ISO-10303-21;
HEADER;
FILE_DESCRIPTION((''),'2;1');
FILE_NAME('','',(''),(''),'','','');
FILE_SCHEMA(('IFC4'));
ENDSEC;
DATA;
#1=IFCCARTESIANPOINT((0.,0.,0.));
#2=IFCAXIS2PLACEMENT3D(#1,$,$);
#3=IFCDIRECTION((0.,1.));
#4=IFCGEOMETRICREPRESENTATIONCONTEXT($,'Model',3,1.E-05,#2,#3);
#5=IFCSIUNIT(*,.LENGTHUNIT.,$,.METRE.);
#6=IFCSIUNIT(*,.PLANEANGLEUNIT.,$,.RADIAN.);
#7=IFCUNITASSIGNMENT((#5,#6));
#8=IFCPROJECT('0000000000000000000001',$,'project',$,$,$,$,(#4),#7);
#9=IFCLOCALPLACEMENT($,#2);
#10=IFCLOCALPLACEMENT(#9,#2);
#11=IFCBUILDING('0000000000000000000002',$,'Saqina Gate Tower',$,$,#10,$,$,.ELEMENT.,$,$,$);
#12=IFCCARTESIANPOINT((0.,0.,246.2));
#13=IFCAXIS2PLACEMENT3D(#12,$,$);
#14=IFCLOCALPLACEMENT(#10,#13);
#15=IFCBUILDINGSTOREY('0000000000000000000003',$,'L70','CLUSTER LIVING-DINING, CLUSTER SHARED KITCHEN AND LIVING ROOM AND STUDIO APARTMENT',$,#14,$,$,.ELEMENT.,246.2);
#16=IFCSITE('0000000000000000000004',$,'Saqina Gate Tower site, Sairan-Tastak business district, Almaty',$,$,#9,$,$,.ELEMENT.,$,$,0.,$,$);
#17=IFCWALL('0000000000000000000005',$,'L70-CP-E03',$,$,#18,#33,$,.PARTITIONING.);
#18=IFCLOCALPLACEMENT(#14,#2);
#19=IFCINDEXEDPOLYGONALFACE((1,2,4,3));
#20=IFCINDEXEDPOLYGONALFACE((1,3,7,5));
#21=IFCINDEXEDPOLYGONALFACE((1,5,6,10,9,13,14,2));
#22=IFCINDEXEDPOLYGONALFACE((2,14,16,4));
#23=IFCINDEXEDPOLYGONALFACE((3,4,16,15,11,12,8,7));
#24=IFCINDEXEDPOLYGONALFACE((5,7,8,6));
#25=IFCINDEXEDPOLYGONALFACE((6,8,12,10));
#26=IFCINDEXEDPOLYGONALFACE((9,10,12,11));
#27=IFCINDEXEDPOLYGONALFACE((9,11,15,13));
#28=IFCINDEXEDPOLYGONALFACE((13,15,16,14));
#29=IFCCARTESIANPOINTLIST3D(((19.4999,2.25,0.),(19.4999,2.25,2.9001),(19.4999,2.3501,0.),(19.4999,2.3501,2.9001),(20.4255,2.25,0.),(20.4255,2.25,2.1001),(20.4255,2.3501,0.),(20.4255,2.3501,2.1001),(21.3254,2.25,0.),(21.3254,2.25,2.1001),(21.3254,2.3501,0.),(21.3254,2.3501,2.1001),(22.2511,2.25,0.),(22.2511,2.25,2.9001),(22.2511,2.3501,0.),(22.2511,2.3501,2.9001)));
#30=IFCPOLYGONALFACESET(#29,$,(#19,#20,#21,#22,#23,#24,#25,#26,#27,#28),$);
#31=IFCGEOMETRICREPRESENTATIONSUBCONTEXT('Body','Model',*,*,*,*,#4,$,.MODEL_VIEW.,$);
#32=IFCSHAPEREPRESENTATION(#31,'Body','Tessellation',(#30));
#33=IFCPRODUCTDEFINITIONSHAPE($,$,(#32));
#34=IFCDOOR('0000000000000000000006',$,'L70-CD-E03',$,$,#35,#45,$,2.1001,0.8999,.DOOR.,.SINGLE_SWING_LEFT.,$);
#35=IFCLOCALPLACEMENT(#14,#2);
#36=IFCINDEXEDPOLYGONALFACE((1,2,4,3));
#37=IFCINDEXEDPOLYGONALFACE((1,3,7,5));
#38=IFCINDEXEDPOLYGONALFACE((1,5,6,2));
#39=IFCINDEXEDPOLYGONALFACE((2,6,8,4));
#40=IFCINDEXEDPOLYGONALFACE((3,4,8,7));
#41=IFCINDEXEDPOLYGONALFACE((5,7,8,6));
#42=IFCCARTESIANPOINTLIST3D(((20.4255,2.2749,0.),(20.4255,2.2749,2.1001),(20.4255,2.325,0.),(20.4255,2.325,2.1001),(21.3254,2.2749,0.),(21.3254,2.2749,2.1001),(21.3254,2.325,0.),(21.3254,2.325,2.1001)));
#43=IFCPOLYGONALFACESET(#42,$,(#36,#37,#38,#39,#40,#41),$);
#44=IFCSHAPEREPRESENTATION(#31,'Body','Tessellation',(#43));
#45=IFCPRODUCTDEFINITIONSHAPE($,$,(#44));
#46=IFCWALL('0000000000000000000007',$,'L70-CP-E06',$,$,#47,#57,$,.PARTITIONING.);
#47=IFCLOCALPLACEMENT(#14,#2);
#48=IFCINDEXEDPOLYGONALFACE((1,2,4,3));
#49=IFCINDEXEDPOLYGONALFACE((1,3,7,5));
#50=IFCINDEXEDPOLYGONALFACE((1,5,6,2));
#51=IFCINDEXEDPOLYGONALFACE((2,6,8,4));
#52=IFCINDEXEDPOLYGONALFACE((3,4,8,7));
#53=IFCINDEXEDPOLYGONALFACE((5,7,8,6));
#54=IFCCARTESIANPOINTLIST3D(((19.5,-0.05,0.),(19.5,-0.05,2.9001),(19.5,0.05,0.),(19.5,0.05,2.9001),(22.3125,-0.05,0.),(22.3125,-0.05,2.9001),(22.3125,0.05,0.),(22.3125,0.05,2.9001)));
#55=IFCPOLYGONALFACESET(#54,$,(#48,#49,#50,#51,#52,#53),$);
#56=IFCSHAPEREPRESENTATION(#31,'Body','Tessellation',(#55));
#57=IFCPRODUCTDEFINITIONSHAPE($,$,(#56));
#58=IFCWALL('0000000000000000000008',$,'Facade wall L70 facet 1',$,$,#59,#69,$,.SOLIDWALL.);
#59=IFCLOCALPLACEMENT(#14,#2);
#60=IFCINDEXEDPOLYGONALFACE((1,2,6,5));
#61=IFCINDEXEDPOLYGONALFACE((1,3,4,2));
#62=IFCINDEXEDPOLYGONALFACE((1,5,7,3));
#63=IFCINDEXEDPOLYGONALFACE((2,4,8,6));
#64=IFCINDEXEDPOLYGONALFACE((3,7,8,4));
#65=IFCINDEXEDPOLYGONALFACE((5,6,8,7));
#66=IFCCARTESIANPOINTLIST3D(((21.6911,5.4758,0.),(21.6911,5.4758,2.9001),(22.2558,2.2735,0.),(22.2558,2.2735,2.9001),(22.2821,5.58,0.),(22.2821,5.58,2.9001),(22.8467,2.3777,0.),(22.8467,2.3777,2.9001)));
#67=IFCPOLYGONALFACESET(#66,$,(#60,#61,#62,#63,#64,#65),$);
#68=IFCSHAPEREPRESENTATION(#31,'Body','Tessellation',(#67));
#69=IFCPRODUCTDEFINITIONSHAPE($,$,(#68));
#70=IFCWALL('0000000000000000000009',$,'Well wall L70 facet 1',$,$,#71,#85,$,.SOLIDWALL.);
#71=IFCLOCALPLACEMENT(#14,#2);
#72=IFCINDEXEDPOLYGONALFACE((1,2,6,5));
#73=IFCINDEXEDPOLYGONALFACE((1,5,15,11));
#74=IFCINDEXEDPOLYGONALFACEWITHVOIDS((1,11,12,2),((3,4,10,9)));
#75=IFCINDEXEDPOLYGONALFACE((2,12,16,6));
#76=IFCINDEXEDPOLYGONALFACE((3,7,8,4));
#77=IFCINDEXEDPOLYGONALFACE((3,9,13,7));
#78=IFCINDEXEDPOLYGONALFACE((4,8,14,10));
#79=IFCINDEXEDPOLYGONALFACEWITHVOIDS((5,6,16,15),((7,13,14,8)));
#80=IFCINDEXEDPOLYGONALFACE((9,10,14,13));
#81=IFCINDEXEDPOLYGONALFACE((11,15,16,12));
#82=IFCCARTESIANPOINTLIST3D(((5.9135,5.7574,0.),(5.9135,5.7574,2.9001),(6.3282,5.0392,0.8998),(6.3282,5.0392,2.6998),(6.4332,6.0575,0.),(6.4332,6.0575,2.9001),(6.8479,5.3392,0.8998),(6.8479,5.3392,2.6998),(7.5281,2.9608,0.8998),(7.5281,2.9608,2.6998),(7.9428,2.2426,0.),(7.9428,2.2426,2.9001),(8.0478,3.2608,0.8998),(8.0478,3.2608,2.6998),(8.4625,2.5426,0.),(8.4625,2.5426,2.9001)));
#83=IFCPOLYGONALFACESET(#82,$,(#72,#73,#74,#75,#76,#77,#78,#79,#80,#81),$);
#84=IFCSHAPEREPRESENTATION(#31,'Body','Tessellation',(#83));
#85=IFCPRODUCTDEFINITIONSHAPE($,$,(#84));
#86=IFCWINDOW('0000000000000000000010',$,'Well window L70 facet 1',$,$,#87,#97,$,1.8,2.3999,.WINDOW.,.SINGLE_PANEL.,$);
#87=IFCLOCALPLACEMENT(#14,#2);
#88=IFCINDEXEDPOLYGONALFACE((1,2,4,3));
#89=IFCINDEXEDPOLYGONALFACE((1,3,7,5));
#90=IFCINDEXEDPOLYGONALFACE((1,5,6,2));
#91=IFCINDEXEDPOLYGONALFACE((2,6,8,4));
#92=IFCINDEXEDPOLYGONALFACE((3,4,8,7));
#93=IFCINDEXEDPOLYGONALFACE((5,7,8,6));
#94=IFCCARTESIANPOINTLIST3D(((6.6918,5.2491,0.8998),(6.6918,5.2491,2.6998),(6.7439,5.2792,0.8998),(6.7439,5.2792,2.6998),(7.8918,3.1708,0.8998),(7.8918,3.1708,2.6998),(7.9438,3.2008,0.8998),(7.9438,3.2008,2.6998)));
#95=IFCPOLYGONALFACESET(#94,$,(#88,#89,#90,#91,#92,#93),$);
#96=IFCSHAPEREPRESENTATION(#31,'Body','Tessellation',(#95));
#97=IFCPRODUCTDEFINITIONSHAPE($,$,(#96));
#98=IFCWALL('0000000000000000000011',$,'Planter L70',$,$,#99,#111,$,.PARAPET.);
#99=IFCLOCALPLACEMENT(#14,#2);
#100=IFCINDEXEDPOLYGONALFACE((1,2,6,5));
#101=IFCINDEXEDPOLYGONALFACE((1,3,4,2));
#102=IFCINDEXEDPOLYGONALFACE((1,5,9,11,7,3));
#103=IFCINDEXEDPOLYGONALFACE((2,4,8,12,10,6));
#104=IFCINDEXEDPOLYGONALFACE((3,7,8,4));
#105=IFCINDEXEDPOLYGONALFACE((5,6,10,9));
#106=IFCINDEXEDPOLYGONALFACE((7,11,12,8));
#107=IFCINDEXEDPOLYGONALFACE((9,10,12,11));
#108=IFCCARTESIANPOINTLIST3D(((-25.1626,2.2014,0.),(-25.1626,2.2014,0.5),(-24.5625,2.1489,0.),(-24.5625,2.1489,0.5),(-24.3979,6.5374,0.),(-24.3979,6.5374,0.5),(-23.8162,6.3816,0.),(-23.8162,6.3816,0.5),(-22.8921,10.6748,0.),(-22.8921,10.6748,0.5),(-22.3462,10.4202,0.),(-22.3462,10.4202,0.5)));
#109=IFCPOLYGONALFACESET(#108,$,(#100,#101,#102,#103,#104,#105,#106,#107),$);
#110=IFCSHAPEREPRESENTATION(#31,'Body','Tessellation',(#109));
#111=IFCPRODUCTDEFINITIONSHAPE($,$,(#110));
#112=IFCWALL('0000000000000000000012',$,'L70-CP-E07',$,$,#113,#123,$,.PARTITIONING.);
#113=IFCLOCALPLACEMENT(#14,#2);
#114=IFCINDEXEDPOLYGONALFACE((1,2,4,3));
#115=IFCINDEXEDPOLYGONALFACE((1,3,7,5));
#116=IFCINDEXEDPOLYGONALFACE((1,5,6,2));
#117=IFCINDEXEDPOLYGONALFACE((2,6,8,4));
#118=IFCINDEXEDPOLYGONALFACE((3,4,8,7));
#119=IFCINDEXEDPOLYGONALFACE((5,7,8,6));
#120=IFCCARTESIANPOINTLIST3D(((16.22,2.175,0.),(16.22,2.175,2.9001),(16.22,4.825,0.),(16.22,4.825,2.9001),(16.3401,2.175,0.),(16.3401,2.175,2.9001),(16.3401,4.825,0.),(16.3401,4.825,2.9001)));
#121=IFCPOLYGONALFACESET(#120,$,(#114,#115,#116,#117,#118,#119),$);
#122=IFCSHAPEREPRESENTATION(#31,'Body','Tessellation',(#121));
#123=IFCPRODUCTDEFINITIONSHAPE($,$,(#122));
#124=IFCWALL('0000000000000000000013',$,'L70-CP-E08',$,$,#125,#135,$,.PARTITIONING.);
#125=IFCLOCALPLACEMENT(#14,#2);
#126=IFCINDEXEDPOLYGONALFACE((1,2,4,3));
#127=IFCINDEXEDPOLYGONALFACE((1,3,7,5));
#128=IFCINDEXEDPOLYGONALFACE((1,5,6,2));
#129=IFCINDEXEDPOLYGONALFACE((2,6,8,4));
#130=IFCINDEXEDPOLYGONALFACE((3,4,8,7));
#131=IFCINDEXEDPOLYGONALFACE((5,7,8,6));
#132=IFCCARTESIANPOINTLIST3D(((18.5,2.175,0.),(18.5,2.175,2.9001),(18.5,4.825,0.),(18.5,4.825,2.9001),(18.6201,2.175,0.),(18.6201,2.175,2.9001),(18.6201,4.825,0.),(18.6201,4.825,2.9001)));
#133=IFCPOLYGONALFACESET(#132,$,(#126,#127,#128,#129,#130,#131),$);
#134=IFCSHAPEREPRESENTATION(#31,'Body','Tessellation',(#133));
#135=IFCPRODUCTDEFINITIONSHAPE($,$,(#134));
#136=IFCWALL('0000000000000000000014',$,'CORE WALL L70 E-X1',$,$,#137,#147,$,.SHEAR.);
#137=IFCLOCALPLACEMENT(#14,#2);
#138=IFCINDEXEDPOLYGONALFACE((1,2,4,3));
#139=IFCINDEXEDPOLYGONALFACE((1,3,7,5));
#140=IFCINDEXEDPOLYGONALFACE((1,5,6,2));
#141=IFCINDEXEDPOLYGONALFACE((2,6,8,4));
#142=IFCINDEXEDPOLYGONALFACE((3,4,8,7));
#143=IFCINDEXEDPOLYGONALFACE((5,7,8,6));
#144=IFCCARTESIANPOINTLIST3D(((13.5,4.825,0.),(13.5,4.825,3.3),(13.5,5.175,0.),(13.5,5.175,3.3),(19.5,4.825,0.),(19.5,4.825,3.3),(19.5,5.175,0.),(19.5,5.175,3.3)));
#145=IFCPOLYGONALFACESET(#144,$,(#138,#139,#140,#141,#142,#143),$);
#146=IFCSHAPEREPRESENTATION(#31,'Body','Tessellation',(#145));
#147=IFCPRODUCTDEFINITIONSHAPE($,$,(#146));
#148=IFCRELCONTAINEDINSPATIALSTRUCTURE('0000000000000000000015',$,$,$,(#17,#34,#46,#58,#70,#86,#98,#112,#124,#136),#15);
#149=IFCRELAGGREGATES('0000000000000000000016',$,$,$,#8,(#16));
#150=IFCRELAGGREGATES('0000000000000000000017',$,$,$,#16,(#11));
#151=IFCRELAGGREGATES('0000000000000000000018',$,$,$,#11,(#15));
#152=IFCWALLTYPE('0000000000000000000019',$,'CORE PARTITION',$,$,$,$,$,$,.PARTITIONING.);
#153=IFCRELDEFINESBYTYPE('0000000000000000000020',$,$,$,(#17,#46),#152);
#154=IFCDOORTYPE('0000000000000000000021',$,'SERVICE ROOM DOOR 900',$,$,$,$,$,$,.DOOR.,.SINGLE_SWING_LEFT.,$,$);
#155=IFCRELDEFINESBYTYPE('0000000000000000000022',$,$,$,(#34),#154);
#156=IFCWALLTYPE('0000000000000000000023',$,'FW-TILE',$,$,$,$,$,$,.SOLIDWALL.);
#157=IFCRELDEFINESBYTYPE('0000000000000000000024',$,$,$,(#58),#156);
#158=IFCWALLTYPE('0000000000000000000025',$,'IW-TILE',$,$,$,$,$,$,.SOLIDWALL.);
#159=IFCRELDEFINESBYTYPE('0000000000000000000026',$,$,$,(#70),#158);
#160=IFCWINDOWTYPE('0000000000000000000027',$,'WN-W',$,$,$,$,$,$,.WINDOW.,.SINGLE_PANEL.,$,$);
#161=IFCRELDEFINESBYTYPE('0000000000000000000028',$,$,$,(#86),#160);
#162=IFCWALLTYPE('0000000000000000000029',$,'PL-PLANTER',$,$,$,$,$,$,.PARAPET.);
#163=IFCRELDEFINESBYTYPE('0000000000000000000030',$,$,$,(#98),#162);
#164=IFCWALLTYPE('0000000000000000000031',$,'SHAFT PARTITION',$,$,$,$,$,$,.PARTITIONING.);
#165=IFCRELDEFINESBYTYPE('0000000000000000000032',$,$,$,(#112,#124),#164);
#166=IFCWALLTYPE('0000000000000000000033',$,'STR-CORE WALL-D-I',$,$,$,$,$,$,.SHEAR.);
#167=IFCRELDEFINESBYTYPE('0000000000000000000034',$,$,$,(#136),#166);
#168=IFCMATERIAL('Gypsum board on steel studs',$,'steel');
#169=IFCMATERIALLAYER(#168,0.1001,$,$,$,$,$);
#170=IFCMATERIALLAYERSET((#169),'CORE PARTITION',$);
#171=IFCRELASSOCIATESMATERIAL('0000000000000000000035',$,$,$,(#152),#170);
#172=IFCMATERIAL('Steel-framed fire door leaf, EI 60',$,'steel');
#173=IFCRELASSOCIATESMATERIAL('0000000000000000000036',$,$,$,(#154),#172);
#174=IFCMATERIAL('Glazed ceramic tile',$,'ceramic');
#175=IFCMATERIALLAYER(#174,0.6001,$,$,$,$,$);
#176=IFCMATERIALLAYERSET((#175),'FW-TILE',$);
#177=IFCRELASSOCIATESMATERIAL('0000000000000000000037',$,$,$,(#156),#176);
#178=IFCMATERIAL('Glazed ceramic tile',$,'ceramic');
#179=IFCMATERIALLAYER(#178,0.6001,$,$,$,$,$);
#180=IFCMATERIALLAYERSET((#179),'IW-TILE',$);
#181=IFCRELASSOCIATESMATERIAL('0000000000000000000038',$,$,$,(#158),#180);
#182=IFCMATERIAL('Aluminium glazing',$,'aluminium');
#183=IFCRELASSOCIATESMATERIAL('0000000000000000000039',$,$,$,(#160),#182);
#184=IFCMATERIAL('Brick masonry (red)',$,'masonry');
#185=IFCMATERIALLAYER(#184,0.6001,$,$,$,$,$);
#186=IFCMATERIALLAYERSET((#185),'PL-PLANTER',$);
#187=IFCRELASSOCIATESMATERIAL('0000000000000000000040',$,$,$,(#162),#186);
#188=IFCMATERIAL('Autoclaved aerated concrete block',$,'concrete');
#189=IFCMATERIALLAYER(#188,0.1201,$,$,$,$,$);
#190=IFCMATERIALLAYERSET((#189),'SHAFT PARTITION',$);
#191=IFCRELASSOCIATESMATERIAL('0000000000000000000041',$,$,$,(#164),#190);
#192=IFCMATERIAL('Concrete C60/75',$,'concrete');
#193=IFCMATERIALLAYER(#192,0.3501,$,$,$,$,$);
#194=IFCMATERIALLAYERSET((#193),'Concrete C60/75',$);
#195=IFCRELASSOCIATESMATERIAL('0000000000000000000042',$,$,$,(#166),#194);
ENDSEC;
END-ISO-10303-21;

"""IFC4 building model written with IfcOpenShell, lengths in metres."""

from ifc_helpers import new_model, si_unit, direction, frame, frame_2d, origin, place, context, subcontext, project, spatial, polyline, rectangle, outline, extrude, material, layer, layer_set, type_object, element, fill, save


model = new_model("IFC4")

# Units and contexts
model_context = context("Model", 3, precision=1e-05, world=origin(), true_north=direction((0.0, 1.0)))
body_context = subcontext(model_context, "Body", "Model", "MODEL_VIEW")
ifc_project = project(units=[si_unit("LENGTHUNIT", "METRE"), si_unit("PLANEANGLEUNIT", "RADIAN")], contexts=[model_context])

# Site, building, storey
site_placement = place(None, origin())
site = spatial("IfcSite", under=ifc_project, at=site_placement, Name="Saqina Gate Tower site, Sairan-Tastak business district, Almaty", CompositionType="ELEMENT", RefElevation=0.0)
building_placement = place(site_placement, origin())
building = spatial("IfcBuilding", under=site, at=building_placement, Name="Saqina Gate Tower", CompositionType="ELEMENT")
storey_placement = place(building_placement, frame((0.0, 0.0, 246.2)))
storey = spatial("IfcBuildingStorey", under=building, at=storey_placement, Name="L70", Description="CLUSTER LIVING-DINING, CLUSTER SHARED KITCHEN AND LIVING ROOM AND STUDIO APARTMENT", CompositionType="ELEMENT", Elevation=246.2)

# Shared definitions
ifc_material_1 = material(Name="Gypsum board on steel studs", Category="steel")
ifc_layer_1 = layer(ifc_material_1, 0.1001)
ifc_layer_set_1 = layer_set([ifc_layer_1], Name="CORE PARTITION")
wall_type_1 = type_object("IfcWallType", Name="CORE PARTITION", PredefinedType="PARTITIONING", material=ifc_layer_set_1)

# Wall, opening, door
wall_1_placement = place(storey_placement, frame((19.5, 2.3, 0.0), z_axis=(0.0, 0.0, 1.0), x_axis=(1.0, 0.0, 0.0)))
wall_1 = element("IfcWall", 1, at=wall_1_placement, inside=storey, type_object=wall_type_1, Name="L70-CP-E03", PredefinedType="PARTITIONING", context=body_context, shape_type="SweptSolid", body=[
    extrude(rectangle(XDim=2.7512, YDim=0.1001, at=frame_2d((1.3755, 0.0))), origin(), (0.0, 0.0, 1.0), 2.9001),
])
opening_1_placement = place(wall_1_placement, frame((0.9255, 0.0, 0.0)))
opening_1 = element("IfcOpeningElement", 2, at=opening_1_placement, cuts=wall_1, PredefinedType="OPENING", context=body_context, shape_type="SweptSolid", body=[
    extrude(rectangle(XDim=0.8999, YDim=2.1001, at=frame_2d((0.45, 1.05))), frame((0.0, 0.062, 0.0), z_axis=(0.0, -1.0, 0.0), x_axis=(1.0, 0.0, 0.0)), (0.0, 0.0, 1.0), 0.124),
])
ifc_material_2 = material(Name="Steel-framed fire door leaf, EI 60", Category="steel")
door_type_1 = type_object("IfcDoorType", Name="SERVICE ROOM DOOR 900", OperationType="SINGLE_SWING_LEFT", PredefinedType="DOOR", material=ifc_material_2)
door_1_placement = place(opening_1_placement, origin())
door_1 = element("IfcDoor", 3, at=door_1_placement, inside=storey, type_object=door_type_1, Name="L70-CD-E03", OperationType="SINGLE_SWING_LEFT", OverallHeight=2.1001, OverallWidth=0.8999, PredefinedType="DOOR", context=body_context, shape_type="SweptSolid", body=[
    extrude(rectangle(XDim=0.8999, YDim=2.1001, at=frame_2d((0.45, 1.05))), frame((0.0, 0.0249, 0.0), z_axis=(0.0, -1.0, 0.0), x_axis=(1.0, 0.0, 0.0)), (0.0, 0.0, 1.0), 0.05),
])
fill(opening_1, door_1)

# Walls
wall_2_placement = place(storey_placement, frame((19.5, 0.0, 0.0), z_axis=(0.0, 0.0, 1.0), x_axis=(1.0, 0.0, 0.0)))
element("IfcWall", 4, at=wall_2_placement, inside=storey, type_object=wall_type_1, Name="L70-CP-E06", PredefinedType="PARTITIONING", context=body_context, shape_type="SweptSolid", body=[
    extrude(rectangle(XDim=2.8125, YDim=0.1001, at=frame_2d((1.4062, 0.0))), origin(), (0.0, 0.0, 1.0), 2.9001),
])
ifc_material_3 = material(Name="Glazed ceramic tile", Category="ceramic")
ifc_layer_2 = layer(ifc_material_3, 0.6001)
ifc_layer_set_2 = layer_set([ifc_layer_2], Name="FW-TILE")
wall_type_2 = type_object("IfcWallType", Name="FW-TILE", PredefinedType="SOLIDWALL", material=ifc_layer_set_2)
wall_3_placement = place(storey_placement, frame((22.5513, 2.3254, 0.0), z_axis=(0.0, 0.0, 1.0), x_axis=(-0.173657, 0.984806, 0.0)))
element("IfcWall", 5, at=wall_3_placement, inside=storey, type_object=wall_type_2, Name="Facade wall L70 facet 1", PredefinedType="SOLIDWALL", context=body_context, shape_type="SweptSolid", body=[
    extrude(rectangle(XDim=3.2517, YDim=0.6001, at=frame_2d((1.626, 0.0))), origin(), (0.0, 0.0, 1.0), 2.9001),
])

# Wall, opening, window
ifc_material_4 = material(Name="Glazed ceramic tile", Category="ceramic")
ifc_layer_3 = layer(ifc_material_4, 0.6001)
ifc_layer_set_3 = layer_set([ifc_layer_3], Name="IW-TILE")
wall_type_3 = type_object("IfcWallType", Name="IW-TILE", PredefinedType="SOLIDWALL", material=ifc_layer_set_3)
wall_4_placement = place(storey_placement, frame((8.2026, 2.3926, 0.0), z_axis=(0.0, 0.0, 1.0), x_axis=(-0.499995, 0.866028, 0.0)))
wall_4 = element("IfcWall", 6, at=wall_4_placement, inside=storey, type_object=wall_type_3, Name="Well wall L70 facet 1", PredefinedType="SOLIDWALL", context=body_context, shape_type="SweptSolid", body=[
    extrude(rectangle(XDim=4.0586, YDim=0.6001, at=frame_2d((2.0293, 0.0))), origin(), (0.0, 0.0, 1.0), 2.9001),
])
opening_2_placement = place(wall_4_placement, frame((0.8293, 0.0, 0.8999)))
opening_2 = element("IfcOpeningElement", 7, at=opening_2_placement, cuts=wall_4, PredefinedType="OPENING", context=body_context, shape_type="SweptSolid", body=[
    extrude(rectangle(XDim=2.3999, YDim=1.8, at=frame_2d((1.2, 0.8999))), frame((0.0, 0.312, 0.0), z_axis=(0.0, -1.0, 0.0), x_axis=(1.0, 0.0, 0.0)), (0.0, 0.0, 1.0), 0.624),
])
ifc_material_5 = material(Name="Aluminium glazing", Category="aluminium")
window_type = type_object("IfcWindowType", Name="WN-W", PartitioningType="SINGLE_PANEL", PredefinedType="WINDOW", material=ifc_material_5)
window_placement = place(opening_2_placement, origin())
window = element("IfcWindow", 8, at=window_placement, inside=storey, type_object=window_type, Name="Well window L70 facet 1", OverallHeight=1.8, OverallWidth=2.3999, PartitioningType="SINGLE_PANEL", PredefinedType="WINDOW", context=body_context, shape_type="SweptSolid", body=[
    extrude(rectangle(XDim=2.3999, YDim=1.8, at=frame_2d((1.2, 0.8999))), frame((0.0, -0.1199, 0.0), z_axis=(0.0, -1.0, 0.0), x_axis=(1.0, 0.0, 0.0)), (0.0, 0.0, 1.0), 0.0601),
])
fill(opening_2, window)

# Walls
ifc_material_6 = material(Name="Brick masonry (red)", Category="masonry")
ifc_layer_4 = layer(ifc_material_6, 0.6001)
ifc_layer_set_4 = layer_set([ifc_layer_4], Name="PL-PLANTER")
wall_type_4 = type_object("IfcWallType", Name="PL-PLANTER", PredefinedType="PARAPET", material=ifc_layer_set_4)
wall_5_placement = place(storey_placement, origin())
element("IfcWall", 9, at=wall_5_placement, inside=storey, type_object=wall_type_4, Name="Planter L70", PredefinedType="PARAPET", context=body_context, shape_type="SweptSolid", body=[
    extrude(outline(polyline([(-22.8921, 10.6748), (-24.3979, 6.5374), (-25.1626, 2.2014), (-24.5625, 2.1489), (-23.8162, 6.3816), (-22.3462, 10.4202), (-22.8921, 10.6748)])), origin(), (0.0, 0.0, 1.0), 0.5),
])
ifc_material_7 = material(Name="Autoclaved aerated concrete block", Category="concrete")
ifc_layer_5 = layer(ifc_material_7, 0.1201)
ifc_layer_set_5 = layer_set([ifc_layer_5], Name="SHAFT PARTITION")
wall_type_5 = type_object("IfcWallType", Name="SHAFT PARTITION", PredefinedType="PARTITIONING", material=ifc_layer_set_5)
for number, where, z_axis, x_axis, name in (
    (10, (16.28, 2.175, 0.0), (0.0, 0.0, 1.0), (0.0, 1.0, 0.0), "L70-CP-E07"),
    (11, (18.5601, 2.175, 0.0), (0.0, 0.0, 1.0), (0.0, 1.0, 0.0), "L70-CP-E08"),
):
    element("IfcWall", number, at=place(storey_placement, frame(where, z_axis=z_axis, x_axis=x_axis)), inside=storey, type_object=wall_type_5, Name=name, PredefinedType="PARTITIONING", context=body_context, shape_type="SweptSolid", body=[
        extrude(rectangle(XDim=2.6499, YDim=0.1201, at=frame_2d((1.325, 0.0))), origin(), (0.0, 0.0, 1.0), 2.9001),
    ])
ifc_material_8 = material(Name="Concrete C60/75", Category="concrete")
ifc_layer_6 = layer(ifc_material_8, 0.3501)
ifc_layer_set_6 = layer_set([ifc_layer_6], Name="Concrete C60/75")
wall_type_6 = type_object("IfcWallType", Name="STR-CORE WALL-D-I", PredefinedType="SHEAR", material=ifc_layer_set_6)
wall_6_placement = place(storey_placement, frame((13.5, 5.0, 0.0), z_axis=(0.0, 0.0, 1.0), x_axis=(1.0, 0.0, 0.0)))
element("IfcWall", 12, at=wall_6_placement, inside=storey, type_object=wall_type_6, Name="CORE WALL L70 E-X1", PredefinedType="SHEAR", context=body_context, shape_type="SweptSolid", body=[
    extrude(rectangle(XDim=6.0, YDim=0.3501, at=frame_2d((3.0, 0.0))), origin(), (0.0, 0.0, 1.0), 3.3),
])

save(model, "model.ifc")
